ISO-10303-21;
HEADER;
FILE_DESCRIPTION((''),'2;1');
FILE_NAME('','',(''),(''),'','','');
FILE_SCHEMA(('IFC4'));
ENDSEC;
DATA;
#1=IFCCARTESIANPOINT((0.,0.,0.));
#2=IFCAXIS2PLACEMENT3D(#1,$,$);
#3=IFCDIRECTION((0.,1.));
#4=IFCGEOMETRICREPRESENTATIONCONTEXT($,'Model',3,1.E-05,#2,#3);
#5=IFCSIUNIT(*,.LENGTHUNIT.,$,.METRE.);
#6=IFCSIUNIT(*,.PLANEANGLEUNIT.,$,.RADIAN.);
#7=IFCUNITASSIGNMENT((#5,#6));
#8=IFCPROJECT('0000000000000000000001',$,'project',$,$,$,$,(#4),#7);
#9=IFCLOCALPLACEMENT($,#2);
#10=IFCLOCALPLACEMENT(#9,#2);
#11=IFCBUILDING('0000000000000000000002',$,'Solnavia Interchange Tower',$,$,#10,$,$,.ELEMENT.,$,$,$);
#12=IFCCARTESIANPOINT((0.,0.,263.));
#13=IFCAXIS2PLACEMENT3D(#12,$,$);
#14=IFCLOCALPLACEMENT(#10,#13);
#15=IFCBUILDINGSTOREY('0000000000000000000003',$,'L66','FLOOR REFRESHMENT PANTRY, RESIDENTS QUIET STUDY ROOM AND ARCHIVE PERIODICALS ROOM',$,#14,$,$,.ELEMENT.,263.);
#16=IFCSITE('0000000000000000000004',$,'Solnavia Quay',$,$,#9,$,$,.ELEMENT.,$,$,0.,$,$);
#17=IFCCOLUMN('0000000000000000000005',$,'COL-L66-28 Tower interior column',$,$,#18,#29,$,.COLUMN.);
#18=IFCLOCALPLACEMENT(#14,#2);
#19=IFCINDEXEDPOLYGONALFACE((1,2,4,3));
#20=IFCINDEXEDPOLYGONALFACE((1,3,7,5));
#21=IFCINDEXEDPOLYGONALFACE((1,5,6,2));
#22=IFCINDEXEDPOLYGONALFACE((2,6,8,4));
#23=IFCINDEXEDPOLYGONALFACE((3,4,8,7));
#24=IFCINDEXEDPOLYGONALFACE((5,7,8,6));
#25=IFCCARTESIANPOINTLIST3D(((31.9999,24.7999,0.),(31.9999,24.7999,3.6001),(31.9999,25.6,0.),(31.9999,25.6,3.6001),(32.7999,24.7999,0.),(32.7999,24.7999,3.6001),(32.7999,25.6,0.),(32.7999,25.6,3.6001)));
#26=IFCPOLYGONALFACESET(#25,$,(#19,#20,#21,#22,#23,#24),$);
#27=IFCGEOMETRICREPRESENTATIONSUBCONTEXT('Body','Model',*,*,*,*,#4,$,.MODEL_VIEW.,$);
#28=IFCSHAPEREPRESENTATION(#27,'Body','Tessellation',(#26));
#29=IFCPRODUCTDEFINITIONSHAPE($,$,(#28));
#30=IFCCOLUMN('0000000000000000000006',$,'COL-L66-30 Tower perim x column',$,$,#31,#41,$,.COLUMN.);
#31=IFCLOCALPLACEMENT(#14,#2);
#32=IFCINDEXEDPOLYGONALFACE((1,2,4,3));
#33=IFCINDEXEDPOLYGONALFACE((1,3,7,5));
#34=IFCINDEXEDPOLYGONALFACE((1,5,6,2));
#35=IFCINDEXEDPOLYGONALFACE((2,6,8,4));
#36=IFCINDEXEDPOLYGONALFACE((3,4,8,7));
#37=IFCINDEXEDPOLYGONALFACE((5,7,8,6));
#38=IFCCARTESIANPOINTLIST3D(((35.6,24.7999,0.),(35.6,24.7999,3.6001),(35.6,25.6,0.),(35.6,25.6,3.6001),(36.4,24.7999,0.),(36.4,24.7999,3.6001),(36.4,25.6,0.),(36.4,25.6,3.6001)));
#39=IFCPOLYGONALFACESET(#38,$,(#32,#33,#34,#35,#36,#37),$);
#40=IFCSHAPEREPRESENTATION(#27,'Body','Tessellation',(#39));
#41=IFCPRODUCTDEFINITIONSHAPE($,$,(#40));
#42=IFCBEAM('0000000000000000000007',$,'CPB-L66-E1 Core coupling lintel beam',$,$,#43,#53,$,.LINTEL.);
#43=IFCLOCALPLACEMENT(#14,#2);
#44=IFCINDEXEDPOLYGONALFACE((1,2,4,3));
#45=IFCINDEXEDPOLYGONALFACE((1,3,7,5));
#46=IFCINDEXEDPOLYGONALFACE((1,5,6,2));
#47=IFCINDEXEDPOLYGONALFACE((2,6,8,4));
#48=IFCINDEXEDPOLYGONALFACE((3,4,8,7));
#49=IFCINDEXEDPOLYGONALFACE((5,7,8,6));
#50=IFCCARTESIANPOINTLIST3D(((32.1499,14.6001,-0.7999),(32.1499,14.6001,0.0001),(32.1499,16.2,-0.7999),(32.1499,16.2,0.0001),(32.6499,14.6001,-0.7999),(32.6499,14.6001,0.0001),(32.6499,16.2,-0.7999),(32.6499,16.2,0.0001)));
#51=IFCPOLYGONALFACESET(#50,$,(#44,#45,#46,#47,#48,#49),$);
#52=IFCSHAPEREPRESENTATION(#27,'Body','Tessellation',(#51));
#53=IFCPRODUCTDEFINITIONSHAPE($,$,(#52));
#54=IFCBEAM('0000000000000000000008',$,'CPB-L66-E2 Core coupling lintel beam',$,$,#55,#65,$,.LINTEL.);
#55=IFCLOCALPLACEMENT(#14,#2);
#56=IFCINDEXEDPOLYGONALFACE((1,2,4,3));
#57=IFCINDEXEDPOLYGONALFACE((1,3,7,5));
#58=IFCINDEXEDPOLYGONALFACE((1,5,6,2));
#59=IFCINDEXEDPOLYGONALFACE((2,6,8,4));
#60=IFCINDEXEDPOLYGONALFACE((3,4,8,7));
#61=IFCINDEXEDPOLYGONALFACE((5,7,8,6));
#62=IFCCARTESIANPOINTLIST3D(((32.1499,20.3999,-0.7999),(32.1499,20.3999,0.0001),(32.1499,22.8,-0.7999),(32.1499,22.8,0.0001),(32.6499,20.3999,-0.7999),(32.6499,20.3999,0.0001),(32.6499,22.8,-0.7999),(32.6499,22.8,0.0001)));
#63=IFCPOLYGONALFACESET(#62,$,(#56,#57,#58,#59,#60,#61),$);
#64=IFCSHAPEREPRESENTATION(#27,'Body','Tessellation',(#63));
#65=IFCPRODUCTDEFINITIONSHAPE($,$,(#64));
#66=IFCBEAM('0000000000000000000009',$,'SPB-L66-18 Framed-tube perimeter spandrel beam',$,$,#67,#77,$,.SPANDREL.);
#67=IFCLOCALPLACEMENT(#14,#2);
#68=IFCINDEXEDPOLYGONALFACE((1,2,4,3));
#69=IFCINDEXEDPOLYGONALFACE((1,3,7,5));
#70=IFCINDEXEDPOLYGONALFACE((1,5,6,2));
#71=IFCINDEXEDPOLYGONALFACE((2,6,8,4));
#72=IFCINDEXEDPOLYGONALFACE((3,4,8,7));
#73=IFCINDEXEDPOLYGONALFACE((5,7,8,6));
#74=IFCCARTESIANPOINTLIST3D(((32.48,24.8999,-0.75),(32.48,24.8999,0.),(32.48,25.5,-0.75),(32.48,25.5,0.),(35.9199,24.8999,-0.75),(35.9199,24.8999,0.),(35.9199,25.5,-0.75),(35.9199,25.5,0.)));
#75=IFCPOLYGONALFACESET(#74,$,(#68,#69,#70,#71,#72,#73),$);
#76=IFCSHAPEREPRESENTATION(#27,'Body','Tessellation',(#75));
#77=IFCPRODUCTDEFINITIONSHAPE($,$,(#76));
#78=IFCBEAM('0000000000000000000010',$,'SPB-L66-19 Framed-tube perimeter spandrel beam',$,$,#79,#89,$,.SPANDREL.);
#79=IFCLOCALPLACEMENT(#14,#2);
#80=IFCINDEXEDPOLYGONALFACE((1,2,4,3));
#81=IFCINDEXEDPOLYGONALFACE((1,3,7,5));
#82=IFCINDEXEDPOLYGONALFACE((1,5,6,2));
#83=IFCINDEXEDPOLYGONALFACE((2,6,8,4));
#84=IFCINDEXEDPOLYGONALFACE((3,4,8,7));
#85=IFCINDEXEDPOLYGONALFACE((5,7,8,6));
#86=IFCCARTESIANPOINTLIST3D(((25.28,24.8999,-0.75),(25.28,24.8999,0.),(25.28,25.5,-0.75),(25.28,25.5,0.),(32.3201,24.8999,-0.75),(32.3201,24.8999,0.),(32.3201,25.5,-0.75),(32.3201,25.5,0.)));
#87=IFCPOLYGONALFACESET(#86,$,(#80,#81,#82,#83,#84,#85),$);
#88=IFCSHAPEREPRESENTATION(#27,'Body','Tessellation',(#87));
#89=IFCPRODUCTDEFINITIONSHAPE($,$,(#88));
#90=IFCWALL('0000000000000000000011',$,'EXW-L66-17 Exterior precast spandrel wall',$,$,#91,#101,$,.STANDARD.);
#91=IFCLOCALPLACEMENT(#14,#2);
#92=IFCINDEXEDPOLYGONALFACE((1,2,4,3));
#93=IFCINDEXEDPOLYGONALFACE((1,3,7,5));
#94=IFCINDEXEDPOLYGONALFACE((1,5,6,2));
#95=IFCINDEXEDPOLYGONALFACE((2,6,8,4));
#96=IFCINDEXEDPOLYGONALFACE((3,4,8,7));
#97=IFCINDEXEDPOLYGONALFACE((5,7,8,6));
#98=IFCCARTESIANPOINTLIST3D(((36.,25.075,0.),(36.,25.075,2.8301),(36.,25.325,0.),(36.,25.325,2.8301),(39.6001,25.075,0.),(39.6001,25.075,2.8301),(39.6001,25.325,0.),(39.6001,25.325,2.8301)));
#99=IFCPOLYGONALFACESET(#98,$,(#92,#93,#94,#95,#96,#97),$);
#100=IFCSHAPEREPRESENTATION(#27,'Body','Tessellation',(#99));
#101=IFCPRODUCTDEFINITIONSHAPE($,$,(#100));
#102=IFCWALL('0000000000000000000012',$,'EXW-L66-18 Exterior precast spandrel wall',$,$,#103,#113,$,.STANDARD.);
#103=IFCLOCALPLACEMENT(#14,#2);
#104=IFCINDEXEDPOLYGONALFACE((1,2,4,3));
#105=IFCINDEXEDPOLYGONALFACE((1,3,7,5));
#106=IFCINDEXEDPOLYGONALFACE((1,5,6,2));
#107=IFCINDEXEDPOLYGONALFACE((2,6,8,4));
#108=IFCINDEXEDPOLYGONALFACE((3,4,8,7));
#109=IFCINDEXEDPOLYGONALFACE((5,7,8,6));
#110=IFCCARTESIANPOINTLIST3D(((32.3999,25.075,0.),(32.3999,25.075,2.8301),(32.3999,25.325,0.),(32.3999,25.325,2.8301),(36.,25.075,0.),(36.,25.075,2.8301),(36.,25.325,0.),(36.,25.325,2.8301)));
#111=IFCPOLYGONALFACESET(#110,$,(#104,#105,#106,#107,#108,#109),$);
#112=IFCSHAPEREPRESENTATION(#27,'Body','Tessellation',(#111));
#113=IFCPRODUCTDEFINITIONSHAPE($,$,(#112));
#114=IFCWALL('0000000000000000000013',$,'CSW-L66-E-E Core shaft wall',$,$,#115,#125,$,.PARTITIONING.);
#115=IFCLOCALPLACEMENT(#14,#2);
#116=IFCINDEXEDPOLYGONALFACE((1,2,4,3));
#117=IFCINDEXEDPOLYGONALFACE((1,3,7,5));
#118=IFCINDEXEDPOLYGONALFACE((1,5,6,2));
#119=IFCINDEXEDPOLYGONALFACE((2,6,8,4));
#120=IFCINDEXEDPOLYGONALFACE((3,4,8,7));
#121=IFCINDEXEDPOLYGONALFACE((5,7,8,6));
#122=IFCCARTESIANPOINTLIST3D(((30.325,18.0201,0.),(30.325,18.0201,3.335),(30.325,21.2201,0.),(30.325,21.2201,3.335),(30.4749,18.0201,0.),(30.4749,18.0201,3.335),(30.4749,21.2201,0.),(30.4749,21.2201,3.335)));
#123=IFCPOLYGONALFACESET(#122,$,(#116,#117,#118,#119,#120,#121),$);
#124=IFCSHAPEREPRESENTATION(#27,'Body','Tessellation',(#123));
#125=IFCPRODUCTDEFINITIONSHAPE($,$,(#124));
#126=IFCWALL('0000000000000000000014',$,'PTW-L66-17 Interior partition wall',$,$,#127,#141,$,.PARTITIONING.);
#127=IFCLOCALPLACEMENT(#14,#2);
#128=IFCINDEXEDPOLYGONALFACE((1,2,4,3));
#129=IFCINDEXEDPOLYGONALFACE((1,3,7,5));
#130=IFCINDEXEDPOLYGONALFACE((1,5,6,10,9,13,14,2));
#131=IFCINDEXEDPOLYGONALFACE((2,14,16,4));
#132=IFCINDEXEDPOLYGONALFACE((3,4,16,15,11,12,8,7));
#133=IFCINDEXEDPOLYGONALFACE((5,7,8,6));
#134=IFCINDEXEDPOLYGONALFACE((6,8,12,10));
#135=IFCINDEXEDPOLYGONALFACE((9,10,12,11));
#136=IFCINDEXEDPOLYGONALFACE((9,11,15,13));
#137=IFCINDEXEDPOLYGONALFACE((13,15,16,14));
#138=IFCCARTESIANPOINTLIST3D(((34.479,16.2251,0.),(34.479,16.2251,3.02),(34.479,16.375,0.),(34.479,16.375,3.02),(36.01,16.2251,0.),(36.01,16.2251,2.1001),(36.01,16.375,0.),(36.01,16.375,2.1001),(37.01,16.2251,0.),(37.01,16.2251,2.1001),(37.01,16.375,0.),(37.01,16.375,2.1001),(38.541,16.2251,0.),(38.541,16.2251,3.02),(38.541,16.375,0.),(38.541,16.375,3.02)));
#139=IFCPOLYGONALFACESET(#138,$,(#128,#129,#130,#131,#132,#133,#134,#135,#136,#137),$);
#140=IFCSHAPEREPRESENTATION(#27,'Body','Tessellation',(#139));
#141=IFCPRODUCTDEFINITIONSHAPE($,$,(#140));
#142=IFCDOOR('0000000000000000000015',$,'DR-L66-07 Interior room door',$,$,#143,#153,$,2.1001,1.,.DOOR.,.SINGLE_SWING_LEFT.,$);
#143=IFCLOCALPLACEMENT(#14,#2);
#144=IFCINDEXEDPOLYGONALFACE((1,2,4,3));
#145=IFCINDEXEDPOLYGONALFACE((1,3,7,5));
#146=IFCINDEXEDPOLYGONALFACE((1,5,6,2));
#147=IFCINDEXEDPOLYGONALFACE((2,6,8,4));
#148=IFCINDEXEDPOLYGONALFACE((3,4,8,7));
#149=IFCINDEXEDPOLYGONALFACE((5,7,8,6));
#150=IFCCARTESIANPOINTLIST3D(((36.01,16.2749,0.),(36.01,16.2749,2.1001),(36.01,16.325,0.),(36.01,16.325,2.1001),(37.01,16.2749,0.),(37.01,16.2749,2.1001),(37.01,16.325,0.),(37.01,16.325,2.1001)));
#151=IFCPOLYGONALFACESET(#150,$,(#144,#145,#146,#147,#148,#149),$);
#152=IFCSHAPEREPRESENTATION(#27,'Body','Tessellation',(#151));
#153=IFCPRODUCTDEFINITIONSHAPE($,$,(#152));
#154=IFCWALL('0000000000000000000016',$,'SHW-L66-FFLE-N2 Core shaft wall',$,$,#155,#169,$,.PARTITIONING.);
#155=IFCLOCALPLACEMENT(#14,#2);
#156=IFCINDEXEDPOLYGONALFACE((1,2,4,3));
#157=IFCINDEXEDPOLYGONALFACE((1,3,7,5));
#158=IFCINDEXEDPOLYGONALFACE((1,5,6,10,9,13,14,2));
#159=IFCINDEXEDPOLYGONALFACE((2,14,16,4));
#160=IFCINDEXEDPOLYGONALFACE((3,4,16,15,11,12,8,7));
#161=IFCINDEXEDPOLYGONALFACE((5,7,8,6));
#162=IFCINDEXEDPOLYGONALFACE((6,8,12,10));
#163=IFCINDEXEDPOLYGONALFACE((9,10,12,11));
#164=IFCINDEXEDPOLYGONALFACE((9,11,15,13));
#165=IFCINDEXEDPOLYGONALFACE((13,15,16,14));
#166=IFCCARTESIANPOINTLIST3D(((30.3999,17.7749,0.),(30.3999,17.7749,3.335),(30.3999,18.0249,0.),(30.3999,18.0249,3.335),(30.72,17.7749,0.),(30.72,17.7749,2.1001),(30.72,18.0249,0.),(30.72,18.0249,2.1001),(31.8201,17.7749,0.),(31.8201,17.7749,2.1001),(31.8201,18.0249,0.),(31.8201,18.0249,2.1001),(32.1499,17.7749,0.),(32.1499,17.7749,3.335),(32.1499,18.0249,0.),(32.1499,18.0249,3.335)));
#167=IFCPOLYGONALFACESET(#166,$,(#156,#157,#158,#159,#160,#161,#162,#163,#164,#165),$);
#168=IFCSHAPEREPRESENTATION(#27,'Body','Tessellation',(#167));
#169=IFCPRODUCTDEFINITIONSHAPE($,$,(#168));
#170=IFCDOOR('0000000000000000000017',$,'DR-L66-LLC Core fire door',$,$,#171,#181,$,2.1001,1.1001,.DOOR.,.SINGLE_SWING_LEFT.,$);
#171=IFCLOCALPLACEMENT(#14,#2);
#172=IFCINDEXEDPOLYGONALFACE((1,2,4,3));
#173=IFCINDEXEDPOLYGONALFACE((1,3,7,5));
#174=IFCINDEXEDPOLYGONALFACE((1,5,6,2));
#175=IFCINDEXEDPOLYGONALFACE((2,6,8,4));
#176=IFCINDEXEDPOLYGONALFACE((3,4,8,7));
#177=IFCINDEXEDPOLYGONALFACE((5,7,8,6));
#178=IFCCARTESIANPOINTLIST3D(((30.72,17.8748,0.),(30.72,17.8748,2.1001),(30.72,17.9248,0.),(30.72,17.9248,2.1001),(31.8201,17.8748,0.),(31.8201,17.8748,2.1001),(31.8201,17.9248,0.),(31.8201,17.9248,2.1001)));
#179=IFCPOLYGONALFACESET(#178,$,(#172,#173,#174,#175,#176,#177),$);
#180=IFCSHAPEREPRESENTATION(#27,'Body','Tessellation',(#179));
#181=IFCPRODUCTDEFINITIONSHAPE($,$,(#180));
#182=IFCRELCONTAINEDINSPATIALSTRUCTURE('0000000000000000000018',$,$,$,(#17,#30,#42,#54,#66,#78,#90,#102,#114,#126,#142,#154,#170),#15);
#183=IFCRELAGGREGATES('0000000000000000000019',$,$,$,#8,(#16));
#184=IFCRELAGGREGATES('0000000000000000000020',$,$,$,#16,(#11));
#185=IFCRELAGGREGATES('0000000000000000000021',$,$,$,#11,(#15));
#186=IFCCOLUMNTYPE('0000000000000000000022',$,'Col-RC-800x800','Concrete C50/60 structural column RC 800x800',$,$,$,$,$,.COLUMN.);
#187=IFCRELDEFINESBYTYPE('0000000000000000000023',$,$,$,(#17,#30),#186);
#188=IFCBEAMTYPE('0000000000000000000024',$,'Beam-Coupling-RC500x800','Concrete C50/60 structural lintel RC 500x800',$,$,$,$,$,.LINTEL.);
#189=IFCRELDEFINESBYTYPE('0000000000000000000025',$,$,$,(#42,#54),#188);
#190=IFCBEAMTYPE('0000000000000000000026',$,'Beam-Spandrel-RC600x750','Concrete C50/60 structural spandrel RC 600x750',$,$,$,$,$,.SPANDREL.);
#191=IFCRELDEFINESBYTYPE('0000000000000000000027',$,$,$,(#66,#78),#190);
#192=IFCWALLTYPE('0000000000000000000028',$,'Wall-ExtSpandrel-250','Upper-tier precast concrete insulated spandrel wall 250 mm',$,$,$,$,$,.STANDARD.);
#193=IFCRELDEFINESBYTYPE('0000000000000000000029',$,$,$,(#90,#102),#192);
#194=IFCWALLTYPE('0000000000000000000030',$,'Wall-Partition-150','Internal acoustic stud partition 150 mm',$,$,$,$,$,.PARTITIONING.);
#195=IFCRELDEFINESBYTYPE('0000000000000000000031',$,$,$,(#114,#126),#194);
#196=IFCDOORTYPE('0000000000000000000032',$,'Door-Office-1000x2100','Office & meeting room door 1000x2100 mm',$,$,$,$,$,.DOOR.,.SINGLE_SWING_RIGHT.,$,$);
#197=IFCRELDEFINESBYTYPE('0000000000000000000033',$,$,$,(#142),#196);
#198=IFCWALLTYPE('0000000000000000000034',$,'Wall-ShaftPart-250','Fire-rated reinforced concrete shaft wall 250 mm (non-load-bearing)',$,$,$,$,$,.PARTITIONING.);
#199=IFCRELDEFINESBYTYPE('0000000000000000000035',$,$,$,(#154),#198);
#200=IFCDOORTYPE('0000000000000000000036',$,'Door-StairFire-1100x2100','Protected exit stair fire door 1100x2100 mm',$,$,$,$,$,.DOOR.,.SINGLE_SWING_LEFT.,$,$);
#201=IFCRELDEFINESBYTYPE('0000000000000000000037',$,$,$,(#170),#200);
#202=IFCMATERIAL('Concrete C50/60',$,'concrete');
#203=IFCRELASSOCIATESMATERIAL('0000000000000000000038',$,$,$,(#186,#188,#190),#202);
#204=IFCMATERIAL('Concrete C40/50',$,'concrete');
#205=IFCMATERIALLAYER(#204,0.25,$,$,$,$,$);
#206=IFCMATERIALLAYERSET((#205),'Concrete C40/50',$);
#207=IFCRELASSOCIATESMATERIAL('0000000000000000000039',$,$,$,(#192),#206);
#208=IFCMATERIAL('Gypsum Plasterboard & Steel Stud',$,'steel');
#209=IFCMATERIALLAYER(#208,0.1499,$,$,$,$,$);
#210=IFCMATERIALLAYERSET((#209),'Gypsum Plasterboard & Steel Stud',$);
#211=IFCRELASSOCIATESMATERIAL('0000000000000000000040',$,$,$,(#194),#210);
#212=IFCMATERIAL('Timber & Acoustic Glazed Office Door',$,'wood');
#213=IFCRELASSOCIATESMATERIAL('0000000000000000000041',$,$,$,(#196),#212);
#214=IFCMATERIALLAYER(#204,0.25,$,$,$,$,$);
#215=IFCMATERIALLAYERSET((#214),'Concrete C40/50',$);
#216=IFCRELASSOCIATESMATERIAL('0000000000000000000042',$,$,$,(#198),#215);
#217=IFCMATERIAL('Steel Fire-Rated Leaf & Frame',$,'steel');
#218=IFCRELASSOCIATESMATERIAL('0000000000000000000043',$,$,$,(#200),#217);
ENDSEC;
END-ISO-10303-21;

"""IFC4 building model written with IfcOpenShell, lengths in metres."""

from ifc_helpers import new_model, si_unit, direction, frame, frame_2d, origin, origin_2d, place, context, subcontext, project, spatial, rectangle, extrude, material, layer, layer_set, material_profile, profile_set, type_object, element, fill, save


model = new_model("IFC4")

# Units and contexts
model_context = context("Model", 3, precision=1e-05, world=origin(), true_north=direction((0.0, 1.0)))
body_context = subcontext(model_context, "Body", "Model", "MODEL_VIEW")
ifc_project = project(units=[si_unit("LENGTHUNIT", "METRE"), si_unit("PLANEANGLEUNIT", "RADIAN")], contexts=[model_context])

# Site, building, storey
site_placement = place(None, origin())
site = spatial("IfcSite", under=ifc_project, at=site_placement, Name="Solnavia Quay", CompositionType="ELEMENT", RefElevation=0.0)
building_placement = place(site_placement, origin())
building = spatial("IfcBuilding", under=site, at=building_placement, Name="Solnavia Interchange Tower", CompositionType="ELEMENT")
storey_placement = place(building_placement, frame((0.0, 0.0, 263.0)))
storey = spatial("IfcBuildingStorey", under=building, at=storey_placement, Name="L66", Description="FLOOR REFRESHMENT PANTRY, RESIDENTS QUIET STUDY ROOM AND ARCHIVE PERIODICALS ROOM", CompositionType="ELEMENT", Elevation=263.0)

# Columns
ifc_material_1 = material(Name="Concrete C50/60", Category="concrete")
ifc_material_profile_1 = material_profile(ifc_material_1, rectangle(XDim=0.8, YDim=0.8, at=origin_2d()), Name="RC 800x800")
ifc_profile_set_1 = profile_set([ifc_material_profile_1], Name="Concrete C50/60")
column_type = type_object("IfcColumnType", Name="Col-RC-800x800", Description="Concrete C50/60 structural column RC 800x800", PredefinedType="COLUMN", material=ifc_profile_set_1)
for number, where, z_axis, x_axis, name in (
    (1, (32.3999, 25.2, 0.0), (0.0, 0.0, 1.0), (1.0, 0.0, 0.0), "COL-L66-28 Tower interior column"),
    (2, (36.0, 25.2, 0.0), (0.0, 0.0, 1.0), (1.0, 0.0, 0.0), "COL-L66-30 Tower perim x column"),
):
    element("IfcColumn", number, at=place(storey_placement, frame(where, z_axis=z_axis, x_axis=x_axis)), inside=storey, type_object=column_type, Name=name, PredefinedType="COLUMN", context=body_context, shape_type="SweptSolid", body=[
        extrude(rectangle(XDim=0.8, YDim=0.8, at=origin_2d()), origin(), (0.0, 0.0, 1.0), 3.6001),
    ])

# Beams
ifc_material_profile_2 = material_profile(ifc_material_1, rectangle(XDim=0.5, YDim=0.8, at=origin_2d()), Name="RC 500x800")
ifc_profile_set_2 = profile_set([ifc_material_profile_2], Name="Concrete C50/60")
beam_type_1 = type_object("IfcBeamType", Name="Beam-Coupling-RC500x800", Description="Concrete C50/60 structural lintel RC 500x800", PredefinedType="LINTEL", material=ifc_profile_set_2)
beam_1_placement = place(storey_placement, frame((32.3999, 14.6001, -0.3999), z_axis=(0.0, 1.0, 0.0), x_axis=(-1.0, 0.0, 0.0)))
element("IfcBeam", 3, at=beam_1_placement, inside=storey, type_object=beam_type_1, Name="CPB-L66-E1 Core coupling lintel beam", PredefinedType="LINTEL", context=body_context, shape_type="SweptSolid", body=[
    extrude(rectangle(XDim=0.5, YDim=0.8, at=origin_2d()), origin(), (0.0, 0.0, 1.0), 1.5999),
])
beam_2_placement = place(storey_placement, frame((32.3999, 20.3999, -0.3999), z_axis=(0.0, 1.0, 0.0), x_axis=(-1.0, 0.0, 0.0)))
element("IfcBeam", 4, at=beam_2_placement, inside=storey, type_object=beam_type_1, Name="CPB-L66-E2 Core coupling lintel beam", PredefinedType="LINTEL", context=body_context, shape_type="SweptSolid", body=[
    extrude(rectangle(XDim=0.5, YDim=0.8, at=origin_2d()), origin(), (0.0, 0.0, 1.0), 2.4001),
])
ifc_material_profile_3 = material_profile(ifc_material_1, rectangle(XDim=0.6001, YDim=0.75, at=origin_2d()), Name="RC 600x750")
ifc_profile_set_3 = profile_set([ifc_material_profile_3], Name="Concrete C50/60")
beam_type_2 = type_object("IfcBeamType", Name="Beam-Spandrel-RC600x750", Description="Concrete C50/60 structural spandrel RC 600x750", PredefinedType="SPANDREL", material=ifc_profile_set_3)
beam_3_placement = place(storey_placement, frame((35.9199, 25.2, -0.375), z_axis=(-1.0, 0.0, 0.0), x_axis=(0.0, -1.0, 0.0)))
element("IfcBeam", 5, at=beam_3_placement, inside=storey, type_object=beam_type_2, Name="SPB-L66-18 Framed-tube perimeter spandrel beam", PredefinedType="SPANDREL", context=body_context, shape_type="SweptSolid", body=[
    extrude(rectangle(XDim=0.6001, YDim=0.75, at=origin_2d()), origin(), (0.0, 0.0, 1.0), 3.4399),
])
beam_4_placement = place(storey_placement, frame((32.3201, 25.2, -0.375), z_axis=(-1.0, 0.0, 0.0), x_axis=(0.0, -1.0, 0.0)))
element("IfcBeam", 6, at=beam_4_placement, inside=storey, type_object=beam_type_2, Name="SPB-L66-19 Framed-tube perimeter spandrel beam", PredefinedType="SPANDREL", context=body_context, shape_type="SweptSolid", body=[
    extrude(rectangle(XDim=0.6001, YDim=0.75, at=origin_2d()), origin(), (0.0, 0.0, 1.0), 7.04),
])

# Walls
ifc_material_2 = material(Name="Concrete C40/50", Category="concrete")
ifc_layer_1 = layer(ifc_material_2, 0.25)
ifc_layer_set_1 = layer_set([ifc_layer_1], Name="Concrete C40/50")
wall_type_1 = type_object("IfcWallType", Name="Wall-ExtSpandrel-250", Description="Upper-tier precast concrete insulated spandrel wall 250 mm", PredefinedType="STANDARD", material=ifc_layer_set_1)
for number, where, z_axis, x_axis, name in (
    (7, (36.0, 25.2, 0.0), (0.0, 0.0, 1.0), (1.0, 0.0, 0.0), "EXW-L66-17 Exterior precast spandrel wall"),
    (8, (32.3999, 25.2, 0.0), (0.0, 0.0, 1.0), (1.0, 0.0, 0.0), "EXW-L66-18 Exterior precast spandrel wall"),
):
    element("IfcWall", number, at=place(storey_placement, frame(where, z_axis=z_axis, x_axis=x_axis)), inside=storey, type_object=wall_type_1, Name=name, PredefinedType="STANDARD", context=body_context, shape_type="SweptSolid", body=[
        extrude(rectangle(XDim=3.6001, YDim=0.25, at=frame_2d((1.8, 0.0))), origin(), (0.0, 0.0, 1.0), 2.8301),
    ])
ifc_material_3 = material(Name="Gypsum Plasterboard & Steel Stud", Category="steel")
ifc_layer_2 = layer(ifc_material_3, 0.1499)
ifc_layer_set_2 = layer_set([ifc_layer_2], Name="Gypsum Plasterboard & Steel Stud")
wall_type_2 = type_object("IfcWallType", Name="Wall-Partition-150", Description="Internal acoustic stud partition 150 mm", PredefinedType="PARTITIONING", material=ifc_layer_set_2)
wall_1_placement = place(storey_placement, frame((30.3999, 18.02, 0.0), z_axis=(0.0, 0.0, 1.0), x_axis=(0.0, 1.0, 0.0)))
element("IfcWall", 9, at=wall_1_placement, inside=storey, type_object=wall_type_2, Name="CSW-L66-E-E Core shaft wall", PredefinedType="PARTITIONING", context=body_context, shape_type="SweptSolid", body=[
    extrude(rectangle(XDim=3.2, YDim=0.1499, at=frame_2d((1.6001, 0.0))), origin(), (0.0, 0.0, 1.0), 3.335),
])

# Walls, openings, doors
wall_2_placement = place(storey_placement, frame((34.479, 16.3, 0.0), z_axis=(0.0, 0.0, 1.0), x_axis=(1.0, 0.0, 0.0)))
wall_2 = element("IfcWall", 10, at=wall_2_placement, inside=storey, type_object=wall_type_2, Name="PTW-L66-17 Interior partition wall", PredefinedType="PARTITIONING", context=body_context, shape_type="SweptSolid", body=[
    extrude(rectangle(XDim=4.062, YDim=0.1499, at=frame_2d((2.031, 0.0))), origin(), (0.0, 0.0, 1.0), 3.02),
])
opening_1_placement = place(wall_2_placement, frame((1.531, 0.0, 0.0)))
opening_1 = element("IfcOpeningElement", 11, at=opening_1_placement, cuts=wall_2, PredefinedType="OPENING", context=body_context, shape_type="SweptSolid", body=[
    extrude(rectangle(XDim=1.0, YDim=2.1001, at=frame_2d((0.5, 1.05))), frame((0.0, 0.085, 0.0), z_axis=(0.0, -1.0, 0.0), x_axis=(1.0, 0.0, 0.0)), (0.0, 0.0, 1.0), 0.1699),
])
ifc_material_4 = material(Name="Timber & Acoustic Glazed Office Door", Category="wood")
door_type_1 = type_object("IfcDoorType", Name="Door-Office-1000x2100", Description="Office & meeting room door 1000x2100 mm", OperationType="SINGLE_SWING_RIGHT", PredefinedType="DOOR", material=ifc_material_4)
door_1_placement = place(opening_1_placement, origin())
door_1 = element("IfcDoor", 12, at=door_1_placement, inside=storey, type_object=door_type_1, Name="DR-L66-07 Interior room door", OperationType="SINGLE_SWING_LEFT", OverallHeight=2.1001, OverallWidth=1.0, PredefinedType="DOOR", context=body_context, shape_type="SweptSolid", body=[
    extrude(rectangle(XDim=1.0, YDim=2.1001, at=frame_2d((0.5, 1.05))), frame((0.0, 0.0249, 0.0), z_axis=(0.0, -1.0, 0.0), x_axis=(1.0, 0.0, 0.0)), (0.0, 0.0, 1.0), 0.05),
])
fill(opening_1, door_1)
ifc_layer_3 = layer(ifc_material_2, 0.25)
ifc_layer_set_3 = layer_set([ifc_layer_3], Name="Concrete C40/50")
wall_type_3 = type_object("IfcWallType", Name="Wall-ShaftPart-250", Description="Fire-rated reinforced concrete shaft wall 250 mm (non-load-bearing)", PredefinedType="PARTITIONING", material=ifc_layer_set_3)
wall_3_placement = place(storey_placement, frame((30.3999, 17.8999, 0.0), z_axis=(0.0, 0.0, 1.0), x_axis=(1.0, 0.0, 0.0)))
wall_3 = element("IfcWall", 13, at=wall_3_placement, inside=storey, type_object=wall_type_3, Name="SHW-L66-FFLE-N2 Core shaft wall", PredefinedType="PARTITIONING", context=body_context, shape_type="SweptSolid", body=[
    extrude(rectangle(XDim=1.75, YDim=0.25, at=frame_2d((0.875, 0.0))), origin(), (0.0, 0.0, 1.0), 3.335),
])
opening_2_placement = place(wall_3_placement, frame((0.3201, 0.0, 0.0)))
opening_2 = element("IfcOpeningElement", 14, at=opening_2_placement, cuts=wall_3, PredefinedType="OPENING", context=body_context, shape_type="SweptSolid", body=[
    extrude(rectangle(XDim=1.1001, YDim=2.1001, at=frame_2d((0.55, 1.05))), frame((0.0, 0.135, 0.0), z_axis=(0.0, -1.0, 0.0), x_axis=(1.0, 0.0, 0.0)), (0.0, 0.0, 1.0), 0.27),
])
ifc_material_5 = material(Name="Steel Fire-Rated Leaf & Frame", Category="steel")
door_type_2 = type_object("IfcDoorType", Name="Door-StairFire-1100x2100", Description="Protected exit stair fire door 1100x2100 mm", OperationType="SINGLE_SWING_LEFT", PredefinedType="DOOR", material=ifc_material_5)
door_2_placement = place(opening_2_placement, origin())
door_2 = element("IfcDoor", 15, at=door_2_placement, inside=storey, type_object=door_type_2, Name="DR-L66-LLC Core fire door", OperationType="SINGLE_SWING_LEFT", OverallHeight=2.1001, OverallWidth=1.1001, PredefinedType="DOOR", context=body_context, shape_type="SweptSolid", body=[
    extrude(rectangle(XDim=1.1001, YDim=2.1001, at=frame_2d((0.55, 1.05))), frame((0.0, 0.0249, 0.0), z_axis=(0.0, -1.0, 0.0), x_axis=(1.0, 0.0, 0.0)), (0.0, 0.0, 1.0), 0.05),
])
fill(opening_2, door_2)

save(model, "model.ifc")
